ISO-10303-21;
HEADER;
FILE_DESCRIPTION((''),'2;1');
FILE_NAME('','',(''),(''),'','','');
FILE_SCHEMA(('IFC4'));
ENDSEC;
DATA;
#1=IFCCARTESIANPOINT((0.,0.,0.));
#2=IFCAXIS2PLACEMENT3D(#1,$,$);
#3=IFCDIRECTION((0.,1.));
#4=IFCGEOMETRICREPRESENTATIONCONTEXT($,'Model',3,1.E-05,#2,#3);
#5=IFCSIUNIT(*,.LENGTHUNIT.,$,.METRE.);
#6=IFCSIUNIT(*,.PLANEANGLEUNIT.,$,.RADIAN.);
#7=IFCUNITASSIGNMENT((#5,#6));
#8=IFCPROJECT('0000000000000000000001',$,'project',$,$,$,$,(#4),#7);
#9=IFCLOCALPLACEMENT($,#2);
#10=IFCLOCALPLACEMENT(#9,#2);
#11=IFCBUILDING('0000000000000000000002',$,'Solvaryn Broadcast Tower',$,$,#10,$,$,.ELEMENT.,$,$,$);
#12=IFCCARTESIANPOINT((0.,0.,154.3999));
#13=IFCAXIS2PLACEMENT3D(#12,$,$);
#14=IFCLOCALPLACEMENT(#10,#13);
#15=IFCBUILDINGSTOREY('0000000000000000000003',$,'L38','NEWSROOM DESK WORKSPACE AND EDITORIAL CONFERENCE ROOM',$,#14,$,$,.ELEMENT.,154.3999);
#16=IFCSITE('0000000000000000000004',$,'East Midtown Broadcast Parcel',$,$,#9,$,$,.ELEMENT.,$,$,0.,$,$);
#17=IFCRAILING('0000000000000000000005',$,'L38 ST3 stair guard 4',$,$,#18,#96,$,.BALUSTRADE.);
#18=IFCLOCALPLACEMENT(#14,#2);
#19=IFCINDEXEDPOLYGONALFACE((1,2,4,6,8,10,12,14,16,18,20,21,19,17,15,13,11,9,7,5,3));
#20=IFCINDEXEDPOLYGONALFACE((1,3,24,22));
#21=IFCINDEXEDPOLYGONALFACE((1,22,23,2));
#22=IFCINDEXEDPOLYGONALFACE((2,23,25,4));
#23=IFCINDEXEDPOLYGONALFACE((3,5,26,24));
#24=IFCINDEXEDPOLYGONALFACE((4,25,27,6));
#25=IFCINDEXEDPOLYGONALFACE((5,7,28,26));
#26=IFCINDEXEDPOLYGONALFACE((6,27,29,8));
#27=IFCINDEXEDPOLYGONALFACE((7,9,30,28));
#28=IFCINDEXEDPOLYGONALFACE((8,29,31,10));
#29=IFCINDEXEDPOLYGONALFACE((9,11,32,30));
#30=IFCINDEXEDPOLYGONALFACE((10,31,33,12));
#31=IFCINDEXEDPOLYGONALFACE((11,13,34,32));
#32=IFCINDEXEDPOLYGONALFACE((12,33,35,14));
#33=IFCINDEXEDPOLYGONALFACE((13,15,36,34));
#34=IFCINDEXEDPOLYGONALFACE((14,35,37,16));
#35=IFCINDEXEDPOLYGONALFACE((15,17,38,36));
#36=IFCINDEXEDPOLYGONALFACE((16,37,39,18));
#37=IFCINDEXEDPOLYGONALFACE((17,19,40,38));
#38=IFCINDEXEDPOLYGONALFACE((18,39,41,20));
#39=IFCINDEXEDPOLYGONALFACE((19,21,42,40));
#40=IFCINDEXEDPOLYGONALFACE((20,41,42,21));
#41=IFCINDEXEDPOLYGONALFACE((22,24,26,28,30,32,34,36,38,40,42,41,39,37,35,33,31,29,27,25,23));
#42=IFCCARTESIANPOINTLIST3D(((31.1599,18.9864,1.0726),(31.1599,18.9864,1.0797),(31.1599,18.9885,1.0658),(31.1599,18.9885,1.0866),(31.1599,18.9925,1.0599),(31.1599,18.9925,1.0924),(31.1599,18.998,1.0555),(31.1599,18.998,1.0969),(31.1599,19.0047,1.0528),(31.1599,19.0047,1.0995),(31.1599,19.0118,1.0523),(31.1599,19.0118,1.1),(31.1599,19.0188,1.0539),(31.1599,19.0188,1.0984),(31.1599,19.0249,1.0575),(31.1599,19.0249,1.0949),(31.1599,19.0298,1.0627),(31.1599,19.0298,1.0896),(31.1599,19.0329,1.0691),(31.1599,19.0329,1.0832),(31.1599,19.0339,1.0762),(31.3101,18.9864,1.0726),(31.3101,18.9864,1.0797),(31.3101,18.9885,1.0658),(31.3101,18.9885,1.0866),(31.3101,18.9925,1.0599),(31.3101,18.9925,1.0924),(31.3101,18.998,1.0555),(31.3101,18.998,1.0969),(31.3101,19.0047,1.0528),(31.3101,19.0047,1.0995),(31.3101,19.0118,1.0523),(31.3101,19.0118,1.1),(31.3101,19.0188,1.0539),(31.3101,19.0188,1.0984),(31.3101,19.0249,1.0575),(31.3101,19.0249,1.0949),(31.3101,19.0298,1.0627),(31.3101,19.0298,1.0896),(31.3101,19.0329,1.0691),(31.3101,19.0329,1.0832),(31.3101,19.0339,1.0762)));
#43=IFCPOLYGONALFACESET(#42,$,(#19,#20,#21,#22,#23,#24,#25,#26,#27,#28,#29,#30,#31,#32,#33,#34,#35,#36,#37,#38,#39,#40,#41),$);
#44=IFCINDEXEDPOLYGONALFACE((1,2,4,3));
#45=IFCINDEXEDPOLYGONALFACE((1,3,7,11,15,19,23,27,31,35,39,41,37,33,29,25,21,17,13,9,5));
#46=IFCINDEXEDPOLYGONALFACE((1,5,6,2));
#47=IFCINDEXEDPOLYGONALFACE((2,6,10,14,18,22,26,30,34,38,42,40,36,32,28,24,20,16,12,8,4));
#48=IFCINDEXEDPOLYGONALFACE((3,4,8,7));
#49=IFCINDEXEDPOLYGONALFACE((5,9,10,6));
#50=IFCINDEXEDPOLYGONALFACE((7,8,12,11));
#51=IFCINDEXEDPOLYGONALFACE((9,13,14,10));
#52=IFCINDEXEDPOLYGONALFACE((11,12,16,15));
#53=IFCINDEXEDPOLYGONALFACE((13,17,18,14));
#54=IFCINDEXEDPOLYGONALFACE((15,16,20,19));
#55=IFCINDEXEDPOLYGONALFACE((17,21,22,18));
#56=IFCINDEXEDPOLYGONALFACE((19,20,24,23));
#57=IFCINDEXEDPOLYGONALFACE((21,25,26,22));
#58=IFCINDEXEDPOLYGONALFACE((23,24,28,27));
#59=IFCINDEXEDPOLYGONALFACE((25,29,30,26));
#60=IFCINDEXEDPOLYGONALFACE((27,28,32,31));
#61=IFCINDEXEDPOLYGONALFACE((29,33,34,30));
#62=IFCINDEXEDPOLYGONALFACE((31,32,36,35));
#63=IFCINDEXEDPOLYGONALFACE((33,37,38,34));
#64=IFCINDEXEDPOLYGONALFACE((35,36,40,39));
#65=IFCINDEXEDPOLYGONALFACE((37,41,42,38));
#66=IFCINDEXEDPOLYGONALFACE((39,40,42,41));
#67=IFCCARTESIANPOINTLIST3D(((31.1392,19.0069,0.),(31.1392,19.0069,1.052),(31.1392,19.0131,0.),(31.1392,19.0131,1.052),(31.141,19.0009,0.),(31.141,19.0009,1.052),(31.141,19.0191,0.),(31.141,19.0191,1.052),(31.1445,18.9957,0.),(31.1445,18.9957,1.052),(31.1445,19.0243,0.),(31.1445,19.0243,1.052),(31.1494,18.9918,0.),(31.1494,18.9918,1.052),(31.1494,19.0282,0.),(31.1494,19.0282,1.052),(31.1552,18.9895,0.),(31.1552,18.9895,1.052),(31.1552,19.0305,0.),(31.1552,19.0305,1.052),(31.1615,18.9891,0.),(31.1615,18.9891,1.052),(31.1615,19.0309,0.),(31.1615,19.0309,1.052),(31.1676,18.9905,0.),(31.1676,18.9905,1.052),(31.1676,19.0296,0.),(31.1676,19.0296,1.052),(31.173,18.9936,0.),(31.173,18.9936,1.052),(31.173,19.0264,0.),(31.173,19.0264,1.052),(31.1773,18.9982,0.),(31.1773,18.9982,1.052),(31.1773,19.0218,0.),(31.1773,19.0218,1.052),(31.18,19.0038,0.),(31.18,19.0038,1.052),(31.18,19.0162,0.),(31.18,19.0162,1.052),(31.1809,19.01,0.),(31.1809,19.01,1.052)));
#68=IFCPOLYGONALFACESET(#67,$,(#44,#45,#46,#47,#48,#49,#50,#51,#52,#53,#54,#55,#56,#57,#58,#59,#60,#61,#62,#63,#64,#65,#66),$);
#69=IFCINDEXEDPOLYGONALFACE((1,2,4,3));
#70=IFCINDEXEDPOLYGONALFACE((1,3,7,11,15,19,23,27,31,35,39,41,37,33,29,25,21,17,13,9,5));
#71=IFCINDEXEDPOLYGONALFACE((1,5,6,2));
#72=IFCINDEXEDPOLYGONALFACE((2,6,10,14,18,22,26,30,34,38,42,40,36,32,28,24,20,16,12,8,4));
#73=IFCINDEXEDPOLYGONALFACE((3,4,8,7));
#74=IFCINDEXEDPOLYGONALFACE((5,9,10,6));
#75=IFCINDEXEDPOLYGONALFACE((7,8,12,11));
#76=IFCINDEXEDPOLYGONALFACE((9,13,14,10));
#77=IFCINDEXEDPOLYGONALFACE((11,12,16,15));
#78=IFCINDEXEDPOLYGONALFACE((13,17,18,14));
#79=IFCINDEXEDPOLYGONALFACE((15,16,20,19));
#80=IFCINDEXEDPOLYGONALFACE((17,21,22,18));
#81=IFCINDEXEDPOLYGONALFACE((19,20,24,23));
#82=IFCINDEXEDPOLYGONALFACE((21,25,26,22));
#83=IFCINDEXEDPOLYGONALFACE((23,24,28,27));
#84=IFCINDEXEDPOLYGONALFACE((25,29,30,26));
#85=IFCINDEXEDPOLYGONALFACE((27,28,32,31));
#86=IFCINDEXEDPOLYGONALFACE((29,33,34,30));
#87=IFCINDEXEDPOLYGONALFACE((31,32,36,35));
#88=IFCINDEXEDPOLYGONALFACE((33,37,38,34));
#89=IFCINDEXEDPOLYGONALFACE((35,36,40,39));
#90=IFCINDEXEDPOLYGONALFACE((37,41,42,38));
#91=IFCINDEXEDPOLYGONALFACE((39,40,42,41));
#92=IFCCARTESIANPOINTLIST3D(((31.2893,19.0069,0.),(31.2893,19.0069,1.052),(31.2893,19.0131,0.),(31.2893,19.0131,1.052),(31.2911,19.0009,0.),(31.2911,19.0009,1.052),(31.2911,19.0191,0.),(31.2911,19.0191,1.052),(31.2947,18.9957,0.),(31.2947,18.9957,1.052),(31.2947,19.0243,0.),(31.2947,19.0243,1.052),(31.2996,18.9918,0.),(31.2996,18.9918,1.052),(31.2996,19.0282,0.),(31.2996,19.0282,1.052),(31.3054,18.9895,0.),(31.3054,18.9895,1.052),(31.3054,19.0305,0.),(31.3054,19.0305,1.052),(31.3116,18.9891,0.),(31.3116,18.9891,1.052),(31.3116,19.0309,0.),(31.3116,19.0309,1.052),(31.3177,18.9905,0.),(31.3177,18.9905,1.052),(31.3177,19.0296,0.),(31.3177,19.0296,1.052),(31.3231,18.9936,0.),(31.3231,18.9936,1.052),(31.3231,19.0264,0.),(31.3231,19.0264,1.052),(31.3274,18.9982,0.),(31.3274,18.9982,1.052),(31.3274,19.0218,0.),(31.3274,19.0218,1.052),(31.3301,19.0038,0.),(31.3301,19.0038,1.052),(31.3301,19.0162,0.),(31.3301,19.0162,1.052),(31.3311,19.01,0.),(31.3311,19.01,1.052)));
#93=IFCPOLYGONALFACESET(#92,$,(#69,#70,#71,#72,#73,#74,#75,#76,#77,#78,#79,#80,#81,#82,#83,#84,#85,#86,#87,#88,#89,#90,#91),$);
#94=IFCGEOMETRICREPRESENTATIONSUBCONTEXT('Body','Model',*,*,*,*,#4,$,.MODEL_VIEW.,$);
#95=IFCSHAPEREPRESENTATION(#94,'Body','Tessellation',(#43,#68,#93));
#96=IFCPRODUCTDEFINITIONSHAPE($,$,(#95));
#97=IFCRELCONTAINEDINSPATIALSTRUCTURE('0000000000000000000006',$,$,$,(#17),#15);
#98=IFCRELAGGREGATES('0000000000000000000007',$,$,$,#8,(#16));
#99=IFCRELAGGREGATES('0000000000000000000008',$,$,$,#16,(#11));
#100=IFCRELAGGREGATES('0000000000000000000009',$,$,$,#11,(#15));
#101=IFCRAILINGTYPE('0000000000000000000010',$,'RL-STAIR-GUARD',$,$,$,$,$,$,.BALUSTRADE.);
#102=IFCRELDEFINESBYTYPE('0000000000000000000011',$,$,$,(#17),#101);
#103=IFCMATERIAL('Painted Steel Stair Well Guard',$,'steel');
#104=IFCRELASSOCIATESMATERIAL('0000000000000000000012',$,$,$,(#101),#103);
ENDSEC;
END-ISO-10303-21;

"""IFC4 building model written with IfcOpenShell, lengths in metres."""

from ifc_helpers import new_model, si_unit, direction, frame, origin, origin_2d, place, context, subcontext, project, spatial, circle, extrude, material, type_object, element, save


model = new_model("IFC4")

# Units and contexts
model_context = context("Model", 3, precision=1e-05, world=origin(), true_north=direction((0.0, 1.0)))
body_context = subcontext(model_context, "Body", "Model", "MODEL_VIEW")
ifc_project = project(units=[si_unit("LENGTHUNIT", "METRE"), si_unit("PLANEANGLEUNIT", "RADIAN")], contexts=[model_context])

# Site, building, storey
site_placement = place(None, origin())
site = spatial("IfcSite", under=ifc_project, at=site_placement, Name="East Midtown Broadcast Parcel", CompositionType="ELEMENT", RefElevation=0.0)
building_placement = place(site_placement, origin())
building = spatial("IfcBuilding", under=site, at=building_placement, Name="Solvaryn Broadcast Tower", CompositionType="ELEMENT")
storey_placement = place(building_placement, frame((0.0, 0.0, 154.3999)))
storey = spatial("IfcBuildingStorey", under=building, at=storey_placement, Name="L38", Description="NEWSROOM DESK WORKSPACE AND EDITORIAL CONFERENCE ROOM", CompositionType="ELEMENT", Elevation=154.3999)

# Railing
ifc_material_1 = material(Name="Painted Steel Stair Well Guard", Category="steel")
railing_type_1 = type_object("IfcRailingType", Name="RL-STAIR-GUARD", PredefinedType="BALUSTRADE", material=ifc_material_1)
railing_1_placement = place(storey_placement, frame((31.1599, 19.01, 0.0)))
element("IfcRailing", 1, at=railing_1_placement, inside=storey, type_object=railing_type_1, Name="L38 ST3 stair guard 4", PredefinedType="BALUSTRADE", context=body_context, shape_type="SweptSolid", body=[
    extrude(circle(Radius=0.0239, at=origin_2d()), frame((0.0, 0.0, 1.0762), z_axis=(1.0, 0.0, 0.0), x_axis=(0.0, 1.0, 0.0)), (0.0, 0.0, 1.0), 0.1501),
    extrude(circle(Radius=0.021, at=origin_2d()), origin(), (0.0, 0.0, 1.0), 1.052),
    extrude(circle(Radius=0.021, at=origin_2d()), frame((0.1501, 0.0, 0.0)), (0.0, 0.0, 1.0), 1.052),
])

save(model, "model.ifc")
